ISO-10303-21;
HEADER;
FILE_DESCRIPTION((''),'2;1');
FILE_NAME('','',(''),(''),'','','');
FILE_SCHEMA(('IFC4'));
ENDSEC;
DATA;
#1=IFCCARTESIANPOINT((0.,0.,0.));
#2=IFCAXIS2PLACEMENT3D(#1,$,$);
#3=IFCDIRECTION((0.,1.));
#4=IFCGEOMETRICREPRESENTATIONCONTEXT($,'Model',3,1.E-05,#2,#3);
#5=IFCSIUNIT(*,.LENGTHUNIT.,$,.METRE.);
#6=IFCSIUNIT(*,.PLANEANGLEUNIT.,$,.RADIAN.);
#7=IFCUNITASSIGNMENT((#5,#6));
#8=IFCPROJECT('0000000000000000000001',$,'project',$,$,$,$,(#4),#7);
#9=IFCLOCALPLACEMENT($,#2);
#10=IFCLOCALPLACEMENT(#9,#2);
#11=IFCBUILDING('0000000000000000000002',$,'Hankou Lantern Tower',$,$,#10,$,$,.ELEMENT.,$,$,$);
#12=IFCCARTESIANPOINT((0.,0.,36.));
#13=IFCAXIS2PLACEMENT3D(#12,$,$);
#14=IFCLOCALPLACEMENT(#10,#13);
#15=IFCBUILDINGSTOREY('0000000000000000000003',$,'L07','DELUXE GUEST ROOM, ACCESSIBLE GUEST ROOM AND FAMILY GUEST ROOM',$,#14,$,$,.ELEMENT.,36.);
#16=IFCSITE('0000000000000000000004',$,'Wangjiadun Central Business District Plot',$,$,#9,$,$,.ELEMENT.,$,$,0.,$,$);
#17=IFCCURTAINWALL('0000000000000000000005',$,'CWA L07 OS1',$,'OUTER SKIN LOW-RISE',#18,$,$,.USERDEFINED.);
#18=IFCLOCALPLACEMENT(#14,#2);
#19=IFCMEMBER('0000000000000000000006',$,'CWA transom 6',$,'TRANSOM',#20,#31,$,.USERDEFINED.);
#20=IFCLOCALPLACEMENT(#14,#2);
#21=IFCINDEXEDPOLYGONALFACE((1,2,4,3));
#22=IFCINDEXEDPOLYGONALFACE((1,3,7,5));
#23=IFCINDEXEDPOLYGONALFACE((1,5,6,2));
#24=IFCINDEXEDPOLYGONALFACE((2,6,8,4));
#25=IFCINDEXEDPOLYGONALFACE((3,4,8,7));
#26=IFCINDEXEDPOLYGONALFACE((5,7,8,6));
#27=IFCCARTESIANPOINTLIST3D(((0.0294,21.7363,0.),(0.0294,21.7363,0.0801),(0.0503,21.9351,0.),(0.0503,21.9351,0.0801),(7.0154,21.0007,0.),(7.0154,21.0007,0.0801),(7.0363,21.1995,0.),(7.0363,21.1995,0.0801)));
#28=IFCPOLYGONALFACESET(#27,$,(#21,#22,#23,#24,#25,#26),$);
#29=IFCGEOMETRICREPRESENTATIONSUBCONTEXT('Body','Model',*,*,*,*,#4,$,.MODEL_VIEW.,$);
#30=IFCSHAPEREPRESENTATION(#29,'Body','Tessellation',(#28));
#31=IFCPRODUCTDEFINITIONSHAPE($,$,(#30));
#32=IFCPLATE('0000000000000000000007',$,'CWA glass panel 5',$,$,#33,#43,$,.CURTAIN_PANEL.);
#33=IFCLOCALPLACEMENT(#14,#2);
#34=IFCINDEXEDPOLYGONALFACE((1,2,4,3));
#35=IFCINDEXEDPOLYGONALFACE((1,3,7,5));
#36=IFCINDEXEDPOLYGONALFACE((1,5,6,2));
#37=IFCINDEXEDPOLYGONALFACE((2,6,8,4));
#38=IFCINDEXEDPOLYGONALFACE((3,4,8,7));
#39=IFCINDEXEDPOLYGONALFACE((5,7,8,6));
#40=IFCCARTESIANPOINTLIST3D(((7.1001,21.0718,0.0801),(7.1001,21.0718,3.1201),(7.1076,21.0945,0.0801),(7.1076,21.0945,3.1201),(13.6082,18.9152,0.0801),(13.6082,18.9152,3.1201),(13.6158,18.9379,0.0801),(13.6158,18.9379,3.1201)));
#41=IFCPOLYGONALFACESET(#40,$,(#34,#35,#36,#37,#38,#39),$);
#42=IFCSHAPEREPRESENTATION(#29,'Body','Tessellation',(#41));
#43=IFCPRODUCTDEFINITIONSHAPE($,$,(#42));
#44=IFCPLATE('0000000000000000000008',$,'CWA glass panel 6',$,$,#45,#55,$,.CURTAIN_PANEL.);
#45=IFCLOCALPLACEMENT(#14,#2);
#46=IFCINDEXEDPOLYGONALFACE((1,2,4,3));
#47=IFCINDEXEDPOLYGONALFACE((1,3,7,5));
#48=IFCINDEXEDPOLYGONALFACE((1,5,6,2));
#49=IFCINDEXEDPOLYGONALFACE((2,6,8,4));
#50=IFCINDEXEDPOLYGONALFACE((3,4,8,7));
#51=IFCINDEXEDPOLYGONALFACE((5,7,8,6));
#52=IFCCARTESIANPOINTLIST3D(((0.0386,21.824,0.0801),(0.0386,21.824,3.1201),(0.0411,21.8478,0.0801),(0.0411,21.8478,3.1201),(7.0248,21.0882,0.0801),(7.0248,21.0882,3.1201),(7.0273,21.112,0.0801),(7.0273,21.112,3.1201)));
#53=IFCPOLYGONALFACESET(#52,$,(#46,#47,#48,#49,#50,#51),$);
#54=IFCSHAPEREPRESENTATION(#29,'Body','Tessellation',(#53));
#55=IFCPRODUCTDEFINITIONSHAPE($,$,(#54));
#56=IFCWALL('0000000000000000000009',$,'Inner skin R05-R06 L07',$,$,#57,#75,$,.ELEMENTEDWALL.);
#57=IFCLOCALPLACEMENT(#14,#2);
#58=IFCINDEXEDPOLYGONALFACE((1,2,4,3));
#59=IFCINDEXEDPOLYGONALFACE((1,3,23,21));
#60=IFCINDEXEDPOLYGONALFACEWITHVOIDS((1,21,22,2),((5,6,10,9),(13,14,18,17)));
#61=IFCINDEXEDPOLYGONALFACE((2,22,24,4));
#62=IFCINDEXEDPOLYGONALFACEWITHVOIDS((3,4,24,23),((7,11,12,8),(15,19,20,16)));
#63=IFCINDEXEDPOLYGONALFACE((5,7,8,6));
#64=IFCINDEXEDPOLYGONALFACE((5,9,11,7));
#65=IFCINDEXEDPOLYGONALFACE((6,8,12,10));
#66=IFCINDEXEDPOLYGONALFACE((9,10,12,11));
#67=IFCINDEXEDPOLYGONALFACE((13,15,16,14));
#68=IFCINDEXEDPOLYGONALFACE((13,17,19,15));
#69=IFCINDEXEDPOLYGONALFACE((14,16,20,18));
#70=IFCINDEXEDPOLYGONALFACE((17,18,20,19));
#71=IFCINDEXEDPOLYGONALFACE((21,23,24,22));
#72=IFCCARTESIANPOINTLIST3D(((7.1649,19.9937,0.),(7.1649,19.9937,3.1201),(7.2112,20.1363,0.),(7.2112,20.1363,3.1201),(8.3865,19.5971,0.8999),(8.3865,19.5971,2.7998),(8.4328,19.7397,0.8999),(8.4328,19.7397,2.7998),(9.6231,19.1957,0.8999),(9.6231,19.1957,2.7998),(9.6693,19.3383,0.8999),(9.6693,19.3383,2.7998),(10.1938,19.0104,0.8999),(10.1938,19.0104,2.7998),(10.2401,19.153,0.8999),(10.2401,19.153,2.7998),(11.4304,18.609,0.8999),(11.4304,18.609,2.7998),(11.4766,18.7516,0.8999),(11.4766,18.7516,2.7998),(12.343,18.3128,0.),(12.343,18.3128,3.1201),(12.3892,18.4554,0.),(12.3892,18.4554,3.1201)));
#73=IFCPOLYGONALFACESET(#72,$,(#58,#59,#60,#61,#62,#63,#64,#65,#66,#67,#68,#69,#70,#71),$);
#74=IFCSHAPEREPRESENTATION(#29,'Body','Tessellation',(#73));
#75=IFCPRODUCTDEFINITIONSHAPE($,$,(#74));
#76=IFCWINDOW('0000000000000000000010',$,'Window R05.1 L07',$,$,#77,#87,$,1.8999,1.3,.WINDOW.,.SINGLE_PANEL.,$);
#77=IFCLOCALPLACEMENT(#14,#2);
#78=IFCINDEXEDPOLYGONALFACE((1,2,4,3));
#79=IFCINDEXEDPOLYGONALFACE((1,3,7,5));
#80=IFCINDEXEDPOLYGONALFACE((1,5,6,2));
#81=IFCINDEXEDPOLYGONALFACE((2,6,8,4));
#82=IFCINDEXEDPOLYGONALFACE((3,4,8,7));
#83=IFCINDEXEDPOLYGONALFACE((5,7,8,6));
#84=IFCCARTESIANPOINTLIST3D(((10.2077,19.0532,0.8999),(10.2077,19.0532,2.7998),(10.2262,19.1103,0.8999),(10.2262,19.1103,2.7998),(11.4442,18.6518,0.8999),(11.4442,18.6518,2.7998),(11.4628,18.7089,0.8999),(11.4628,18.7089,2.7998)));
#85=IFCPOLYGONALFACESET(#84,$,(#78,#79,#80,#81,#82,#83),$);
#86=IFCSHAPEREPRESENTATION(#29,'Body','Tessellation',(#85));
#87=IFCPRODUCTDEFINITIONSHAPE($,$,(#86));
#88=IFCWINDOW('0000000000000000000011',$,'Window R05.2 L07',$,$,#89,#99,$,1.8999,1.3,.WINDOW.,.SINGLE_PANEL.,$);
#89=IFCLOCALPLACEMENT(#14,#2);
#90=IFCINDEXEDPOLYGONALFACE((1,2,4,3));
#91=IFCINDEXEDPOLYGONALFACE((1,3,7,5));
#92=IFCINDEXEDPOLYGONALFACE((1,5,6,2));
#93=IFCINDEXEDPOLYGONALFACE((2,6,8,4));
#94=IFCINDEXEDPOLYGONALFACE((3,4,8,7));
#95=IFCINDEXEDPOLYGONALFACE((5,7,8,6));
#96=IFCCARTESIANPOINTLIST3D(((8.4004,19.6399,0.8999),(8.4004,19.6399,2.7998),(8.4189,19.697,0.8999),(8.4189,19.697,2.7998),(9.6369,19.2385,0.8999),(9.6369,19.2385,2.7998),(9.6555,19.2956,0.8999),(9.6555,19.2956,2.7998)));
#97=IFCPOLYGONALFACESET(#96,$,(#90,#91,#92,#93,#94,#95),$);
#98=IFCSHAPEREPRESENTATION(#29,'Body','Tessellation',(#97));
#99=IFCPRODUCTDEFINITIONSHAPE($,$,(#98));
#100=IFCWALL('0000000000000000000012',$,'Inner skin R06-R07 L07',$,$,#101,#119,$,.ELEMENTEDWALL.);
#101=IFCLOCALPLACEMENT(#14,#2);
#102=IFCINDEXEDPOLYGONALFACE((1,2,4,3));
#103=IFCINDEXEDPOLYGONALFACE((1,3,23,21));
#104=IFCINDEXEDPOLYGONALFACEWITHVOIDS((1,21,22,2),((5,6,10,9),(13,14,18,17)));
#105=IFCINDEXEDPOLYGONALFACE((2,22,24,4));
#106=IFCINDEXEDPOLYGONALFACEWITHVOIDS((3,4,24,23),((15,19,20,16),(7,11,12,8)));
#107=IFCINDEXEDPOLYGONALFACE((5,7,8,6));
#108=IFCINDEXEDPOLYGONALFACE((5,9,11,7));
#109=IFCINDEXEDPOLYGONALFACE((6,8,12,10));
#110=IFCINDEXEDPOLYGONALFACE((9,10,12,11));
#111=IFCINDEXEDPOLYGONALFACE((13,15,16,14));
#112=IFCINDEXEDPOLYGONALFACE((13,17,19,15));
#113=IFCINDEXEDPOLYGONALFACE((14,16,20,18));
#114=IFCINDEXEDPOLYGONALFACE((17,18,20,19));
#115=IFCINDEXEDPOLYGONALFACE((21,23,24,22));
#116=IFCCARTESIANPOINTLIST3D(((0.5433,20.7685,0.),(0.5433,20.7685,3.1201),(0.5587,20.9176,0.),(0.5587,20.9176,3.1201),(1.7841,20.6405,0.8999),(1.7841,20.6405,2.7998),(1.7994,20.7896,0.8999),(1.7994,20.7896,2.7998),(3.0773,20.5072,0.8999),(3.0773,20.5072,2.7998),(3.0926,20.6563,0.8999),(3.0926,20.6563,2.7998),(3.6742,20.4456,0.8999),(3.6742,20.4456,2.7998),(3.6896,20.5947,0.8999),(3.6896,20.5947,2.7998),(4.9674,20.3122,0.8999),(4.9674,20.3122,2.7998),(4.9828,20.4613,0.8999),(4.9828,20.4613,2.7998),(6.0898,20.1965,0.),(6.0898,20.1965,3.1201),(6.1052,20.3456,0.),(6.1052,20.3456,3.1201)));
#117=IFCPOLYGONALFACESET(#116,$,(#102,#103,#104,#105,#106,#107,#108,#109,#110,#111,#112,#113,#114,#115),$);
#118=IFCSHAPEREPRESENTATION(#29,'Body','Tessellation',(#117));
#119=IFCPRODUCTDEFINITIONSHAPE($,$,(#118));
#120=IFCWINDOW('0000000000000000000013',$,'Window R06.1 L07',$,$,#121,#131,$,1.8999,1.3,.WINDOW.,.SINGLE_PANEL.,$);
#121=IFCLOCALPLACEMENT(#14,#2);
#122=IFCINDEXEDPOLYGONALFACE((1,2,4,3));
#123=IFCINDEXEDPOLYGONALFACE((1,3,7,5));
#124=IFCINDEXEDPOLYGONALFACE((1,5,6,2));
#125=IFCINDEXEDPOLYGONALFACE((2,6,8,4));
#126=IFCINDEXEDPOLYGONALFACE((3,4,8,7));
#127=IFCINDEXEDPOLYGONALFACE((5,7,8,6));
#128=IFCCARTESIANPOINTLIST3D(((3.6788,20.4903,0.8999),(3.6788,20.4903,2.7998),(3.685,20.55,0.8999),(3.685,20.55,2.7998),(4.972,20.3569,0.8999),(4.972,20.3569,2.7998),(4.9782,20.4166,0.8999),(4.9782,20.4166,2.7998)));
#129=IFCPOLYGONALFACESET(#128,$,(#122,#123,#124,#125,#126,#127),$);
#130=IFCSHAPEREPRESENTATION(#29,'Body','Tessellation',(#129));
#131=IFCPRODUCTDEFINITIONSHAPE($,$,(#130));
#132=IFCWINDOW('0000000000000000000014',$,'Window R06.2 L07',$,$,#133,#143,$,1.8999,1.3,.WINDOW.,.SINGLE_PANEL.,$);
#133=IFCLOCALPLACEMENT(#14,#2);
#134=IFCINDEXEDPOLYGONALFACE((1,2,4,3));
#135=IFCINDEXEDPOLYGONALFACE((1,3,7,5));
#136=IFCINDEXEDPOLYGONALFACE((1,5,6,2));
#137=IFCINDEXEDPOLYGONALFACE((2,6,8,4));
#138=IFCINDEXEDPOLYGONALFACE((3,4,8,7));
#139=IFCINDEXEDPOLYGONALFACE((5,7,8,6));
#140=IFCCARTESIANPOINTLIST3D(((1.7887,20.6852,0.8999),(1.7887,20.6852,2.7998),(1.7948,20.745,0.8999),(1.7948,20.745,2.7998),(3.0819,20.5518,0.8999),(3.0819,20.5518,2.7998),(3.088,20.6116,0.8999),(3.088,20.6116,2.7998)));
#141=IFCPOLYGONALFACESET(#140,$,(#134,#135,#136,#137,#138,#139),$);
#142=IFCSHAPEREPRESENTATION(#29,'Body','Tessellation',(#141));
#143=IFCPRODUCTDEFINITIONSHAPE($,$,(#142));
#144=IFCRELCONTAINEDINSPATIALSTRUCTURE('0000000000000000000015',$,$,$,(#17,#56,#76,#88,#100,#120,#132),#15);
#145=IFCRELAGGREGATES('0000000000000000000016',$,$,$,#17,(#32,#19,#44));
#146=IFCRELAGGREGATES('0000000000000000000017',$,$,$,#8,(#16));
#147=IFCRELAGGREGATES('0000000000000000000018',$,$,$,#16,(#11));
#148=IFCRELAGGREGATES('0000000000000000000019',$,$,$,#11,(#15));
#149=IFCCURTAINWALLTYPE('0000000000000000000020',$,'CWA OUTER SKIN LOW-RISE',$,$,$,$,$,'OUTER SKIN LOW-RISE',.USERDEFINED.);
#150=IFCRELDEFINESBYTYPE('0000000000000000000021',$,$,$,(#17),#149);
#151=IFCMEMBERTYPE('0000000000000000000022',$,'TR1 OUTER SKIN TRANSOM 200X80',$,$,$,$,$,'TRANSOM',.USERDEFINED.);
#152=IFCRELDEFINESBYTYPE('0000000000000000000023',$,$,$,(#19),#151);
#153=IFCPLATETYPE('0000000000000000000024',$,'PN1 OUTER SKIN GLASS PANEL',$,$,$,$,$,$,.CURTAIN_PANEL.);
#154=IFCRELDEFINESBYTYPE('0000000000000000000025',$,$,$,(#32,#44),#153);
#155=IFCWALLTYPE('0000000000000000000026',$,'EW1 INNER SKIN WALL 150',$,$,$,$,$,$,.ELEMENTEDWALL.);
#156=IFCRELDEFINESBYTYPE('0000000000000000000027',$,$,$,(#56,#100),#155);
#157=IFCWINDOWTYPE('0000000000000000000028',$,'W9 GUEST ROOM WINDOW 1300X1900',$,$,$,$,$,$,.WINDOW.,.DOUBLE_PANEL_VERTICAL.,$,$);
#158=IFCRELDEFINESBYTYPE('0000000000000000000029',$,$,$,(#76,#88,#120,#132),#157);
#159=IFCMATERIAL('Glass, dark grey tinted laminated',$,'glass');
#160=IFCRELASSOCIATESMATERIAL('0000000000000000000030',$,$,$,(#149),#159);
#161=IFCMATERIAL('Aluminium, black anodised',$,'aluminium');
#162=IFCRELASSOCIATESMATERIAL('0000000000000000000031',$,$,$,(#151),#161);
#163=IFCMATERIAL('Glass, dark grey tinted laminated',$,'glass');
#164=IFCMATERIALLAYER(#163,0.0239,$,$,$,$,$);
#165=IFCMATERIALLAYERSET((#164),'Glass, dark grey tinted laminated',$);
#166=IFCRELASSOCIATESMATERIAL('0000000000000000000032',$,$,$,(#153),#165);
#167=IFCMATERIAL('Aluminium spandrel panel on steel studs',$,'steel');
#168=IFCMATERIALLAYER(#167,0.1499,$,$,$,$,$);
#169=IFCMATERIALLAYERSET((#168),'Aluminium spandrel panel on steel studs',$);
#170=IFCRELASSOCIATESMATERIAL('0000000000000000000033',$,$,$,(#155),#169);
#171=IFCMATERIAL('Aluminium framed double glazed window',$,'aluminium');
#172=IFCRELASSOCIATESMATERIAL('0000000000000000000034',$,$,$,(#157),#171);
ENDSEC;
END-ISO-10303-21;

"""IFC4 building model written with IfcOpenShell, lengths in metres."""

from ifc_helpers import new_model, si_unit, direction, frame, frame_2d, origin, origin_2d, place, context, subcontext, project, spatial, rectangle, extrude, material, layer, layer_set, material_profile, profile_set, type_object, element, fill, aggregate, save


model = new_model("IFC4")

# Units and contexts
model_context = context("Model", 3, precision=1e-05, world=origin(), true_north=direction((0.0, 1.0)))
body_context = subcontext(model_context, "Body", "Model", "MODEL_VIEW")
ifc_project = project(units=[si_unit("LENGTHUNIT", "METRE"), si_unit("PLANEANGLEUNIT", "RADIAN")], contexts=[model_context])

# Site, building, storey
site_placement = place(None, origin())
site = spatial("IfcSite", under=ifc_project, at=site_placement, Name="Wangjiadun Central Business District Plot", CompositionType="ELEMENT", RefElevation=0.0)
building_placement = place(site_placement, origin())
building = spatial("IfcBuilding", under=site, at=building_placement, Name="Hankou Lantern Tower", CompositionType="ELEMENT")
storey_placement = place(building_placement, frame((0.0, 0.0, 36.0)))
storey = spatial("IfcBuildingStorey", under=building, at=storey_placement, Name="L07", Description="DELUXE GUEST ROOM, ACCESSIBLE GUEST ROOM AND FAMILY GUEST ROOM", CompositionType="ELEMENT", Elevation=36.0)

# Curtain wall
ifc_material_1 = material(Name="Glass, dark grey tinted laminated", Category="glass")
curtain_wall_type = type_object("IfcCurtainWallType", Name="CWA OUTER SKIN LOW-RISE", ElementType="OUTER SKIN LOW-RISE", PredefinedType="USERDEFINED", material=ifc_material_1)
curtain_wall_1_placement = place(storey_placement, origin())
curtain_wall_1 = element("IfcCurtainWall", 1, at=curtain_wall_1_placement, inside=storey, type_object=curtain_wall_type, Name="CWA L07 OS1", ObjectType="OUTER SKIN LOW-RISE", PredefinedType="USERDEFINED")

# Member
ifc_material_2 = material(Name="Aluminium, black anodised", Category="aluminium")
ifc_material_profile_1 = material_profile(ifc_material_2, rectangle(XDim=0.2, YDim=0.0801, at=origin_2d()), Name="TR1 200X80")
ifc_profile_set_1 = profile_set([ifc_material_profile_1], Name="Aluminium, black anodised")
member_type_1 = type_object("IfcMemberType", Name="TR1 OUTER SKIN TRANSOM 200X80", ElementType="TRANSOM", PredefinedType="USERDEFINED", material=ifc_profile_set_1)
member_1_placement = place(storey_placement, frame((7.0259, 21.1001, 0.04), z_axis=(-0.994502, 0.104716, 0.0), x_axis=(-0.104716, -0.994502, 0.0)))
member_1 = element("IfcMember", 2, at=member_1_placement, type_object=member_type_1, Name="CWA transom 6", ObjectType="TRANSOM", PredefinedType="USERDEFINED", context=body_context, shape_type="SweptSolid", body=[
    extrude(rectangle(XDim=0.2, YDim=0.0801, at=origin_2d()), origin(), (0.0, 0.0, 1.0), 7.0247),
])

# Plates
ifc_material_3 = material(Name="Glass, dark grey tinted laminated", Category="glass")
ifc_layer_1 = layer(ifc_material_3, 0.0239)
ifc_layer_set_1 = layer_set([ifc_layer_1], Name="Glass, dark grey tinted laminated")
plate_type = type_object("IfcPlateType", Name="PN1 OUTER SKIN GLASS PANEL", PredefinedType="CURTAIN_PANEL", material=ifc_layer_set_1)
plate_1_placement = place(storey_placement, frame((10.3579, 20.0049, 0.0801), z_axis=(0.0, 0.0, 1.0), x_axis=(-0.949241, 0.314551, 0.0)))
plate_1 = element("IfcPlate", 3, at=plate_1_placement, type_object=plate_type, Name="CWA glass panel 5", PredefinedType="CURTAIN_PANEL", context=body_context, shape_type="SweptSolid", body=[
    extrude(rectangle(XDim=6.8562, YDim=0.0239, at=origin_2d()), origin(), (0.0, 0.0, 1.0), 3.04),
])
plate_2_placement = place(storey_placement, frame((3.533, 21.468, 0.0801), z_axis=(0.0, 0.0, 1.0), x_axis=(-0.994499, 0.104743, 0.0)))
plate_2 = element("IfcPlate", 4, at=plate_2_placement, type_object=plate_type, Name="CWA glass panel 6", PredefinedType="CURTAIN_PANEL", context=body_context, shape_type="SweptSolid", body=[
    extrude(rectangle(XDim=7.0249, YDim=0.0239, at=origin_2d()), origin(), (0.0, 0.0, 1.0), 3.04),
])
aggregate(curtain_wall_1, [plate_1, member_1, plate_2])

# Walls, openings, windows
ifc_material_4 = material(Name="Aluminium spandrel panel on steel studs", Category="steel")
ifc_layer_2 = layer(ifc_material_4, 0.1499)
ifc_layer_set_2 = layer_set([ifc_layer_2], Name="Aluminium spandrel panel on steel studs")
wall_type_1 = type_object("IfcWallType", Name="EW1 INNER SKIN WALL 150", PredefinedType="ELEMENTEDWALL", material=ifc_layer_set_2)
wall_1_placement = place(storey_placement, frame((12.3662, 18.384, 0.0), z_axis=(0.0, 0.0, 1.0), x_axis=(-0.951138, 0.308765, 0.0)))
wall_1 = element("IfcWall", 5, at=wall_1_placement, inside=storey, type_object=wall_type_1, Name="Inner skin R05-R06 L07", PredefinedType="ELEMENTEDWALL", context=body_context, shape_type="SweptSolid", body=[
    extrude(rectangle(XDim=5.4441, YDim=0.1499, at=frame_2d((2.7222, 0.0))), origin(), (0.0, 0.0, 1.0), 3.1201),
])
opening_1_placement = place(wall_1_placement, frame((0.9597, 0.0, 0.8999)))
opening_1 = element("IfcOpeningElement", 6, at=opening_1_placement, cuts=wall_1, PredefinedType="OPENING", context=body_context, shape_type="SweptSolid", body=[
    extrude(rectangle(XDim=1.3, YDim=1.8999, at=frame_2d((0.6499, 0.95))), frame((0.0, 0.085, 0.0), z_axis=(0.0, -1.0, 0.0), x_axis=(1.0, 0.0, 0.0)), (0.0, 0.0, 1.0), 0.1699),
])
opening_2_placement = place(wall_1_placement, frame((2.8599, 0.0, 0.8999)))
opening_2 = element("IfcOpeningElement", 7, at=opening_2_placement, cuts=wall_1, PredefinedType="OPENING", context=body_context, shape_type="SweptSolid", body=[
    extrude(rectangle(XDim=1.3, YDim=1.8999, at=frame_2d((0.6499, 0.95))), frame((0.0, 0.085, 0.0), z_axis=(0.0, -1.0, 0.0), x_axis=(1.0, 0.0, 0.0)), (0.0, 0.0, 1.0), 0.1699),
])
ifc_material_5 = material(Name="Aluminium framed double glazed window", Category="aluminium")
window_type = type_object("IfcWindowType", Name="W9 GUEST ROOM WINDOW 1300X1900", PartitioningType="DOUBLE_PANEL_VERTICAL", PredefinedType="WINDOW", material=ifc_material_5)
window_1_placement = place(opening_1_placement, origin())
window_1 = element("IfcWindow", 8, at=window_1_placement, inside=storey, type_object=window_type, Name="Window R05.1 L07", OverallHeight=1.8999, OverallWidth=1.3, PartitioningType="SINGLE_PANEL", PredefinedType="WINDOW", context=body_context, shape_type="SweptSolid", body=[
    extrude(rectangle(XDim=1.3, YDim=1.8999, at=frame_2d((0.6499, 0.95))), frame((0.0, 0.03, 0.0), z_axis=(0.0, -1.0, 0.0), x_axis=(1.0, 0.0, 0.0)), (0.0, 0.0, 1.0), 0.0601),
])
fill(opening_1, window_1)
window_2_placement = place(opening_2_placement, origin())
window_2 = element("IfcWindow", 9, at=window_2_placement, inside=storey, type_object=window_type, Name="Window R05.2 L07", OverallHeight=1.8999, OverallWidth=1.3, PartitioningType="SINGLE_PANEL", PredefinedType="WINDOW", context=body_context, shape_type="SweptSolid", body=[
    extrude(rectangle(XDim=1.3, YDim=1.8999, at=frame_2d((0.6499, 0.95))), frame((0.0, 0.03, 0.0), z_axis=(0.0, -1.0, 0.0), x_axis=(1.0, 0.0, 0.0)), (0.0, 0.0, 1.0), 0.0601),
])
fill(opening_2, window_2)
wall_2_placement = place(storey_placement, frame((6.0977, 20.271, 0.0), z_axis=(0.0, 0.0, 1.0), x_axis=(-0.994724, 0.10259, 0.0)))
wall_2 = element("IfcWall", 10, at=wall_2_placement, inside=storey, type_object=wall_type_1, Name="Inner skin R06-R07 L07", PredefinedType="ELEMENTEDWALL", context=body_context, shape_type="SweptSolid", body=[
    extrude(rectangle(XDim=5.5759, YDim=0.1499, at=frame_2d((2.7881, 0.0))), origin(), (0.0, 0.0, 1.0), 3.1201),
])
opening_3_placement = place(wall_2_placement, frame((1.1287, 0.0, 0.8999)))
opening_3 = element("IfcOpeningElement", 11, at=opening_3_placement, cuts=wall_2, PredefinedType="OPENING", context=body_context, shape_type="SweptSolid", body=[
    extrude(rectangle(XDim=1.3, YDim=1.8999, at=frame_2d((0.6499, 0.95))), frame((0.0, 0.085, 0.0), z_axis=(0.0, -1.0, 0.0), x_axis=(1.0, 0.0, 0.0)), (0.0, 0.0, 1.0), 0.1699),
])
opening_4_placement = place(wall_2_placement, frame((3.0288, 0.0, 0.8999)))
opening_4 = element("IfcOpeningElement", 12, at=opening_4_placement, cuts=wall_2, PredefinedType="OPENING", context=body_context, shape_type="SweptSolid", body=[
    extrude(rectangle(XDim=1.3, YDim=1.8999, at=frame_2d((0.6499, 0.95))), frame((0.0, 0.085, 0.0), z_axis=(0.0, -1.0, 0.0), x_axis=(1.0, 0.0, 0.0)), (0.0, 0.0, 1.0), 0.1699),
])
window_3_placement = place(opening_3_placement, origin())
window_3 = element("IfcWindow", 13, at=window_3_placement, inside=storey, type_object=window_type, Name="Window R06.1 L07", OverallHeight=1.8999, OverallWidth=1.3, PartitioningType="SINGLE_PANEL", PredefinedType="WINDOW", context=body_context, shape_type="SweptSolid", body=[
    extrude(rectangle(XDim=1.3, YDim=1.8999, at=frame_2d((0.6499, 0.95))), frame((0.0, 0.03, 0.0), z_axis=(0.0, -1.0, 0.0), x_axis=(1.0, 0.0, 0.0)), (0.0, 0.0, 1.0), 0.0601),
])
fill(opening_3, window_3)
window_4_placement = place(opening_4_placement, origin())
window_4 = element("IfcWindow", 14, at=window_4_placement, inside=storey, type_object=window_type, Name="Window R06.2 L07", OverallHeight=1.8999, OverallWidth=1.3, PartitioningType="SINGLE_PANEL", PredefinedType="WINDOW", context=body_context, shape_type="SweptSolid", body=[
    extrude(rectangle(XDim=1.3, YDim=1.8999, at=frame_2d((0.6499, 0.95))), frame((0.0, 0.03, 0.0), z_axis=(0.0, -1.0, 0.0), x_axis=(1.0, 0.0, 0.0)), (0.0, 0.0, 1.0), 0.0601),
])
fill(opening_4, window_4)

save(model, "model.ifc")
